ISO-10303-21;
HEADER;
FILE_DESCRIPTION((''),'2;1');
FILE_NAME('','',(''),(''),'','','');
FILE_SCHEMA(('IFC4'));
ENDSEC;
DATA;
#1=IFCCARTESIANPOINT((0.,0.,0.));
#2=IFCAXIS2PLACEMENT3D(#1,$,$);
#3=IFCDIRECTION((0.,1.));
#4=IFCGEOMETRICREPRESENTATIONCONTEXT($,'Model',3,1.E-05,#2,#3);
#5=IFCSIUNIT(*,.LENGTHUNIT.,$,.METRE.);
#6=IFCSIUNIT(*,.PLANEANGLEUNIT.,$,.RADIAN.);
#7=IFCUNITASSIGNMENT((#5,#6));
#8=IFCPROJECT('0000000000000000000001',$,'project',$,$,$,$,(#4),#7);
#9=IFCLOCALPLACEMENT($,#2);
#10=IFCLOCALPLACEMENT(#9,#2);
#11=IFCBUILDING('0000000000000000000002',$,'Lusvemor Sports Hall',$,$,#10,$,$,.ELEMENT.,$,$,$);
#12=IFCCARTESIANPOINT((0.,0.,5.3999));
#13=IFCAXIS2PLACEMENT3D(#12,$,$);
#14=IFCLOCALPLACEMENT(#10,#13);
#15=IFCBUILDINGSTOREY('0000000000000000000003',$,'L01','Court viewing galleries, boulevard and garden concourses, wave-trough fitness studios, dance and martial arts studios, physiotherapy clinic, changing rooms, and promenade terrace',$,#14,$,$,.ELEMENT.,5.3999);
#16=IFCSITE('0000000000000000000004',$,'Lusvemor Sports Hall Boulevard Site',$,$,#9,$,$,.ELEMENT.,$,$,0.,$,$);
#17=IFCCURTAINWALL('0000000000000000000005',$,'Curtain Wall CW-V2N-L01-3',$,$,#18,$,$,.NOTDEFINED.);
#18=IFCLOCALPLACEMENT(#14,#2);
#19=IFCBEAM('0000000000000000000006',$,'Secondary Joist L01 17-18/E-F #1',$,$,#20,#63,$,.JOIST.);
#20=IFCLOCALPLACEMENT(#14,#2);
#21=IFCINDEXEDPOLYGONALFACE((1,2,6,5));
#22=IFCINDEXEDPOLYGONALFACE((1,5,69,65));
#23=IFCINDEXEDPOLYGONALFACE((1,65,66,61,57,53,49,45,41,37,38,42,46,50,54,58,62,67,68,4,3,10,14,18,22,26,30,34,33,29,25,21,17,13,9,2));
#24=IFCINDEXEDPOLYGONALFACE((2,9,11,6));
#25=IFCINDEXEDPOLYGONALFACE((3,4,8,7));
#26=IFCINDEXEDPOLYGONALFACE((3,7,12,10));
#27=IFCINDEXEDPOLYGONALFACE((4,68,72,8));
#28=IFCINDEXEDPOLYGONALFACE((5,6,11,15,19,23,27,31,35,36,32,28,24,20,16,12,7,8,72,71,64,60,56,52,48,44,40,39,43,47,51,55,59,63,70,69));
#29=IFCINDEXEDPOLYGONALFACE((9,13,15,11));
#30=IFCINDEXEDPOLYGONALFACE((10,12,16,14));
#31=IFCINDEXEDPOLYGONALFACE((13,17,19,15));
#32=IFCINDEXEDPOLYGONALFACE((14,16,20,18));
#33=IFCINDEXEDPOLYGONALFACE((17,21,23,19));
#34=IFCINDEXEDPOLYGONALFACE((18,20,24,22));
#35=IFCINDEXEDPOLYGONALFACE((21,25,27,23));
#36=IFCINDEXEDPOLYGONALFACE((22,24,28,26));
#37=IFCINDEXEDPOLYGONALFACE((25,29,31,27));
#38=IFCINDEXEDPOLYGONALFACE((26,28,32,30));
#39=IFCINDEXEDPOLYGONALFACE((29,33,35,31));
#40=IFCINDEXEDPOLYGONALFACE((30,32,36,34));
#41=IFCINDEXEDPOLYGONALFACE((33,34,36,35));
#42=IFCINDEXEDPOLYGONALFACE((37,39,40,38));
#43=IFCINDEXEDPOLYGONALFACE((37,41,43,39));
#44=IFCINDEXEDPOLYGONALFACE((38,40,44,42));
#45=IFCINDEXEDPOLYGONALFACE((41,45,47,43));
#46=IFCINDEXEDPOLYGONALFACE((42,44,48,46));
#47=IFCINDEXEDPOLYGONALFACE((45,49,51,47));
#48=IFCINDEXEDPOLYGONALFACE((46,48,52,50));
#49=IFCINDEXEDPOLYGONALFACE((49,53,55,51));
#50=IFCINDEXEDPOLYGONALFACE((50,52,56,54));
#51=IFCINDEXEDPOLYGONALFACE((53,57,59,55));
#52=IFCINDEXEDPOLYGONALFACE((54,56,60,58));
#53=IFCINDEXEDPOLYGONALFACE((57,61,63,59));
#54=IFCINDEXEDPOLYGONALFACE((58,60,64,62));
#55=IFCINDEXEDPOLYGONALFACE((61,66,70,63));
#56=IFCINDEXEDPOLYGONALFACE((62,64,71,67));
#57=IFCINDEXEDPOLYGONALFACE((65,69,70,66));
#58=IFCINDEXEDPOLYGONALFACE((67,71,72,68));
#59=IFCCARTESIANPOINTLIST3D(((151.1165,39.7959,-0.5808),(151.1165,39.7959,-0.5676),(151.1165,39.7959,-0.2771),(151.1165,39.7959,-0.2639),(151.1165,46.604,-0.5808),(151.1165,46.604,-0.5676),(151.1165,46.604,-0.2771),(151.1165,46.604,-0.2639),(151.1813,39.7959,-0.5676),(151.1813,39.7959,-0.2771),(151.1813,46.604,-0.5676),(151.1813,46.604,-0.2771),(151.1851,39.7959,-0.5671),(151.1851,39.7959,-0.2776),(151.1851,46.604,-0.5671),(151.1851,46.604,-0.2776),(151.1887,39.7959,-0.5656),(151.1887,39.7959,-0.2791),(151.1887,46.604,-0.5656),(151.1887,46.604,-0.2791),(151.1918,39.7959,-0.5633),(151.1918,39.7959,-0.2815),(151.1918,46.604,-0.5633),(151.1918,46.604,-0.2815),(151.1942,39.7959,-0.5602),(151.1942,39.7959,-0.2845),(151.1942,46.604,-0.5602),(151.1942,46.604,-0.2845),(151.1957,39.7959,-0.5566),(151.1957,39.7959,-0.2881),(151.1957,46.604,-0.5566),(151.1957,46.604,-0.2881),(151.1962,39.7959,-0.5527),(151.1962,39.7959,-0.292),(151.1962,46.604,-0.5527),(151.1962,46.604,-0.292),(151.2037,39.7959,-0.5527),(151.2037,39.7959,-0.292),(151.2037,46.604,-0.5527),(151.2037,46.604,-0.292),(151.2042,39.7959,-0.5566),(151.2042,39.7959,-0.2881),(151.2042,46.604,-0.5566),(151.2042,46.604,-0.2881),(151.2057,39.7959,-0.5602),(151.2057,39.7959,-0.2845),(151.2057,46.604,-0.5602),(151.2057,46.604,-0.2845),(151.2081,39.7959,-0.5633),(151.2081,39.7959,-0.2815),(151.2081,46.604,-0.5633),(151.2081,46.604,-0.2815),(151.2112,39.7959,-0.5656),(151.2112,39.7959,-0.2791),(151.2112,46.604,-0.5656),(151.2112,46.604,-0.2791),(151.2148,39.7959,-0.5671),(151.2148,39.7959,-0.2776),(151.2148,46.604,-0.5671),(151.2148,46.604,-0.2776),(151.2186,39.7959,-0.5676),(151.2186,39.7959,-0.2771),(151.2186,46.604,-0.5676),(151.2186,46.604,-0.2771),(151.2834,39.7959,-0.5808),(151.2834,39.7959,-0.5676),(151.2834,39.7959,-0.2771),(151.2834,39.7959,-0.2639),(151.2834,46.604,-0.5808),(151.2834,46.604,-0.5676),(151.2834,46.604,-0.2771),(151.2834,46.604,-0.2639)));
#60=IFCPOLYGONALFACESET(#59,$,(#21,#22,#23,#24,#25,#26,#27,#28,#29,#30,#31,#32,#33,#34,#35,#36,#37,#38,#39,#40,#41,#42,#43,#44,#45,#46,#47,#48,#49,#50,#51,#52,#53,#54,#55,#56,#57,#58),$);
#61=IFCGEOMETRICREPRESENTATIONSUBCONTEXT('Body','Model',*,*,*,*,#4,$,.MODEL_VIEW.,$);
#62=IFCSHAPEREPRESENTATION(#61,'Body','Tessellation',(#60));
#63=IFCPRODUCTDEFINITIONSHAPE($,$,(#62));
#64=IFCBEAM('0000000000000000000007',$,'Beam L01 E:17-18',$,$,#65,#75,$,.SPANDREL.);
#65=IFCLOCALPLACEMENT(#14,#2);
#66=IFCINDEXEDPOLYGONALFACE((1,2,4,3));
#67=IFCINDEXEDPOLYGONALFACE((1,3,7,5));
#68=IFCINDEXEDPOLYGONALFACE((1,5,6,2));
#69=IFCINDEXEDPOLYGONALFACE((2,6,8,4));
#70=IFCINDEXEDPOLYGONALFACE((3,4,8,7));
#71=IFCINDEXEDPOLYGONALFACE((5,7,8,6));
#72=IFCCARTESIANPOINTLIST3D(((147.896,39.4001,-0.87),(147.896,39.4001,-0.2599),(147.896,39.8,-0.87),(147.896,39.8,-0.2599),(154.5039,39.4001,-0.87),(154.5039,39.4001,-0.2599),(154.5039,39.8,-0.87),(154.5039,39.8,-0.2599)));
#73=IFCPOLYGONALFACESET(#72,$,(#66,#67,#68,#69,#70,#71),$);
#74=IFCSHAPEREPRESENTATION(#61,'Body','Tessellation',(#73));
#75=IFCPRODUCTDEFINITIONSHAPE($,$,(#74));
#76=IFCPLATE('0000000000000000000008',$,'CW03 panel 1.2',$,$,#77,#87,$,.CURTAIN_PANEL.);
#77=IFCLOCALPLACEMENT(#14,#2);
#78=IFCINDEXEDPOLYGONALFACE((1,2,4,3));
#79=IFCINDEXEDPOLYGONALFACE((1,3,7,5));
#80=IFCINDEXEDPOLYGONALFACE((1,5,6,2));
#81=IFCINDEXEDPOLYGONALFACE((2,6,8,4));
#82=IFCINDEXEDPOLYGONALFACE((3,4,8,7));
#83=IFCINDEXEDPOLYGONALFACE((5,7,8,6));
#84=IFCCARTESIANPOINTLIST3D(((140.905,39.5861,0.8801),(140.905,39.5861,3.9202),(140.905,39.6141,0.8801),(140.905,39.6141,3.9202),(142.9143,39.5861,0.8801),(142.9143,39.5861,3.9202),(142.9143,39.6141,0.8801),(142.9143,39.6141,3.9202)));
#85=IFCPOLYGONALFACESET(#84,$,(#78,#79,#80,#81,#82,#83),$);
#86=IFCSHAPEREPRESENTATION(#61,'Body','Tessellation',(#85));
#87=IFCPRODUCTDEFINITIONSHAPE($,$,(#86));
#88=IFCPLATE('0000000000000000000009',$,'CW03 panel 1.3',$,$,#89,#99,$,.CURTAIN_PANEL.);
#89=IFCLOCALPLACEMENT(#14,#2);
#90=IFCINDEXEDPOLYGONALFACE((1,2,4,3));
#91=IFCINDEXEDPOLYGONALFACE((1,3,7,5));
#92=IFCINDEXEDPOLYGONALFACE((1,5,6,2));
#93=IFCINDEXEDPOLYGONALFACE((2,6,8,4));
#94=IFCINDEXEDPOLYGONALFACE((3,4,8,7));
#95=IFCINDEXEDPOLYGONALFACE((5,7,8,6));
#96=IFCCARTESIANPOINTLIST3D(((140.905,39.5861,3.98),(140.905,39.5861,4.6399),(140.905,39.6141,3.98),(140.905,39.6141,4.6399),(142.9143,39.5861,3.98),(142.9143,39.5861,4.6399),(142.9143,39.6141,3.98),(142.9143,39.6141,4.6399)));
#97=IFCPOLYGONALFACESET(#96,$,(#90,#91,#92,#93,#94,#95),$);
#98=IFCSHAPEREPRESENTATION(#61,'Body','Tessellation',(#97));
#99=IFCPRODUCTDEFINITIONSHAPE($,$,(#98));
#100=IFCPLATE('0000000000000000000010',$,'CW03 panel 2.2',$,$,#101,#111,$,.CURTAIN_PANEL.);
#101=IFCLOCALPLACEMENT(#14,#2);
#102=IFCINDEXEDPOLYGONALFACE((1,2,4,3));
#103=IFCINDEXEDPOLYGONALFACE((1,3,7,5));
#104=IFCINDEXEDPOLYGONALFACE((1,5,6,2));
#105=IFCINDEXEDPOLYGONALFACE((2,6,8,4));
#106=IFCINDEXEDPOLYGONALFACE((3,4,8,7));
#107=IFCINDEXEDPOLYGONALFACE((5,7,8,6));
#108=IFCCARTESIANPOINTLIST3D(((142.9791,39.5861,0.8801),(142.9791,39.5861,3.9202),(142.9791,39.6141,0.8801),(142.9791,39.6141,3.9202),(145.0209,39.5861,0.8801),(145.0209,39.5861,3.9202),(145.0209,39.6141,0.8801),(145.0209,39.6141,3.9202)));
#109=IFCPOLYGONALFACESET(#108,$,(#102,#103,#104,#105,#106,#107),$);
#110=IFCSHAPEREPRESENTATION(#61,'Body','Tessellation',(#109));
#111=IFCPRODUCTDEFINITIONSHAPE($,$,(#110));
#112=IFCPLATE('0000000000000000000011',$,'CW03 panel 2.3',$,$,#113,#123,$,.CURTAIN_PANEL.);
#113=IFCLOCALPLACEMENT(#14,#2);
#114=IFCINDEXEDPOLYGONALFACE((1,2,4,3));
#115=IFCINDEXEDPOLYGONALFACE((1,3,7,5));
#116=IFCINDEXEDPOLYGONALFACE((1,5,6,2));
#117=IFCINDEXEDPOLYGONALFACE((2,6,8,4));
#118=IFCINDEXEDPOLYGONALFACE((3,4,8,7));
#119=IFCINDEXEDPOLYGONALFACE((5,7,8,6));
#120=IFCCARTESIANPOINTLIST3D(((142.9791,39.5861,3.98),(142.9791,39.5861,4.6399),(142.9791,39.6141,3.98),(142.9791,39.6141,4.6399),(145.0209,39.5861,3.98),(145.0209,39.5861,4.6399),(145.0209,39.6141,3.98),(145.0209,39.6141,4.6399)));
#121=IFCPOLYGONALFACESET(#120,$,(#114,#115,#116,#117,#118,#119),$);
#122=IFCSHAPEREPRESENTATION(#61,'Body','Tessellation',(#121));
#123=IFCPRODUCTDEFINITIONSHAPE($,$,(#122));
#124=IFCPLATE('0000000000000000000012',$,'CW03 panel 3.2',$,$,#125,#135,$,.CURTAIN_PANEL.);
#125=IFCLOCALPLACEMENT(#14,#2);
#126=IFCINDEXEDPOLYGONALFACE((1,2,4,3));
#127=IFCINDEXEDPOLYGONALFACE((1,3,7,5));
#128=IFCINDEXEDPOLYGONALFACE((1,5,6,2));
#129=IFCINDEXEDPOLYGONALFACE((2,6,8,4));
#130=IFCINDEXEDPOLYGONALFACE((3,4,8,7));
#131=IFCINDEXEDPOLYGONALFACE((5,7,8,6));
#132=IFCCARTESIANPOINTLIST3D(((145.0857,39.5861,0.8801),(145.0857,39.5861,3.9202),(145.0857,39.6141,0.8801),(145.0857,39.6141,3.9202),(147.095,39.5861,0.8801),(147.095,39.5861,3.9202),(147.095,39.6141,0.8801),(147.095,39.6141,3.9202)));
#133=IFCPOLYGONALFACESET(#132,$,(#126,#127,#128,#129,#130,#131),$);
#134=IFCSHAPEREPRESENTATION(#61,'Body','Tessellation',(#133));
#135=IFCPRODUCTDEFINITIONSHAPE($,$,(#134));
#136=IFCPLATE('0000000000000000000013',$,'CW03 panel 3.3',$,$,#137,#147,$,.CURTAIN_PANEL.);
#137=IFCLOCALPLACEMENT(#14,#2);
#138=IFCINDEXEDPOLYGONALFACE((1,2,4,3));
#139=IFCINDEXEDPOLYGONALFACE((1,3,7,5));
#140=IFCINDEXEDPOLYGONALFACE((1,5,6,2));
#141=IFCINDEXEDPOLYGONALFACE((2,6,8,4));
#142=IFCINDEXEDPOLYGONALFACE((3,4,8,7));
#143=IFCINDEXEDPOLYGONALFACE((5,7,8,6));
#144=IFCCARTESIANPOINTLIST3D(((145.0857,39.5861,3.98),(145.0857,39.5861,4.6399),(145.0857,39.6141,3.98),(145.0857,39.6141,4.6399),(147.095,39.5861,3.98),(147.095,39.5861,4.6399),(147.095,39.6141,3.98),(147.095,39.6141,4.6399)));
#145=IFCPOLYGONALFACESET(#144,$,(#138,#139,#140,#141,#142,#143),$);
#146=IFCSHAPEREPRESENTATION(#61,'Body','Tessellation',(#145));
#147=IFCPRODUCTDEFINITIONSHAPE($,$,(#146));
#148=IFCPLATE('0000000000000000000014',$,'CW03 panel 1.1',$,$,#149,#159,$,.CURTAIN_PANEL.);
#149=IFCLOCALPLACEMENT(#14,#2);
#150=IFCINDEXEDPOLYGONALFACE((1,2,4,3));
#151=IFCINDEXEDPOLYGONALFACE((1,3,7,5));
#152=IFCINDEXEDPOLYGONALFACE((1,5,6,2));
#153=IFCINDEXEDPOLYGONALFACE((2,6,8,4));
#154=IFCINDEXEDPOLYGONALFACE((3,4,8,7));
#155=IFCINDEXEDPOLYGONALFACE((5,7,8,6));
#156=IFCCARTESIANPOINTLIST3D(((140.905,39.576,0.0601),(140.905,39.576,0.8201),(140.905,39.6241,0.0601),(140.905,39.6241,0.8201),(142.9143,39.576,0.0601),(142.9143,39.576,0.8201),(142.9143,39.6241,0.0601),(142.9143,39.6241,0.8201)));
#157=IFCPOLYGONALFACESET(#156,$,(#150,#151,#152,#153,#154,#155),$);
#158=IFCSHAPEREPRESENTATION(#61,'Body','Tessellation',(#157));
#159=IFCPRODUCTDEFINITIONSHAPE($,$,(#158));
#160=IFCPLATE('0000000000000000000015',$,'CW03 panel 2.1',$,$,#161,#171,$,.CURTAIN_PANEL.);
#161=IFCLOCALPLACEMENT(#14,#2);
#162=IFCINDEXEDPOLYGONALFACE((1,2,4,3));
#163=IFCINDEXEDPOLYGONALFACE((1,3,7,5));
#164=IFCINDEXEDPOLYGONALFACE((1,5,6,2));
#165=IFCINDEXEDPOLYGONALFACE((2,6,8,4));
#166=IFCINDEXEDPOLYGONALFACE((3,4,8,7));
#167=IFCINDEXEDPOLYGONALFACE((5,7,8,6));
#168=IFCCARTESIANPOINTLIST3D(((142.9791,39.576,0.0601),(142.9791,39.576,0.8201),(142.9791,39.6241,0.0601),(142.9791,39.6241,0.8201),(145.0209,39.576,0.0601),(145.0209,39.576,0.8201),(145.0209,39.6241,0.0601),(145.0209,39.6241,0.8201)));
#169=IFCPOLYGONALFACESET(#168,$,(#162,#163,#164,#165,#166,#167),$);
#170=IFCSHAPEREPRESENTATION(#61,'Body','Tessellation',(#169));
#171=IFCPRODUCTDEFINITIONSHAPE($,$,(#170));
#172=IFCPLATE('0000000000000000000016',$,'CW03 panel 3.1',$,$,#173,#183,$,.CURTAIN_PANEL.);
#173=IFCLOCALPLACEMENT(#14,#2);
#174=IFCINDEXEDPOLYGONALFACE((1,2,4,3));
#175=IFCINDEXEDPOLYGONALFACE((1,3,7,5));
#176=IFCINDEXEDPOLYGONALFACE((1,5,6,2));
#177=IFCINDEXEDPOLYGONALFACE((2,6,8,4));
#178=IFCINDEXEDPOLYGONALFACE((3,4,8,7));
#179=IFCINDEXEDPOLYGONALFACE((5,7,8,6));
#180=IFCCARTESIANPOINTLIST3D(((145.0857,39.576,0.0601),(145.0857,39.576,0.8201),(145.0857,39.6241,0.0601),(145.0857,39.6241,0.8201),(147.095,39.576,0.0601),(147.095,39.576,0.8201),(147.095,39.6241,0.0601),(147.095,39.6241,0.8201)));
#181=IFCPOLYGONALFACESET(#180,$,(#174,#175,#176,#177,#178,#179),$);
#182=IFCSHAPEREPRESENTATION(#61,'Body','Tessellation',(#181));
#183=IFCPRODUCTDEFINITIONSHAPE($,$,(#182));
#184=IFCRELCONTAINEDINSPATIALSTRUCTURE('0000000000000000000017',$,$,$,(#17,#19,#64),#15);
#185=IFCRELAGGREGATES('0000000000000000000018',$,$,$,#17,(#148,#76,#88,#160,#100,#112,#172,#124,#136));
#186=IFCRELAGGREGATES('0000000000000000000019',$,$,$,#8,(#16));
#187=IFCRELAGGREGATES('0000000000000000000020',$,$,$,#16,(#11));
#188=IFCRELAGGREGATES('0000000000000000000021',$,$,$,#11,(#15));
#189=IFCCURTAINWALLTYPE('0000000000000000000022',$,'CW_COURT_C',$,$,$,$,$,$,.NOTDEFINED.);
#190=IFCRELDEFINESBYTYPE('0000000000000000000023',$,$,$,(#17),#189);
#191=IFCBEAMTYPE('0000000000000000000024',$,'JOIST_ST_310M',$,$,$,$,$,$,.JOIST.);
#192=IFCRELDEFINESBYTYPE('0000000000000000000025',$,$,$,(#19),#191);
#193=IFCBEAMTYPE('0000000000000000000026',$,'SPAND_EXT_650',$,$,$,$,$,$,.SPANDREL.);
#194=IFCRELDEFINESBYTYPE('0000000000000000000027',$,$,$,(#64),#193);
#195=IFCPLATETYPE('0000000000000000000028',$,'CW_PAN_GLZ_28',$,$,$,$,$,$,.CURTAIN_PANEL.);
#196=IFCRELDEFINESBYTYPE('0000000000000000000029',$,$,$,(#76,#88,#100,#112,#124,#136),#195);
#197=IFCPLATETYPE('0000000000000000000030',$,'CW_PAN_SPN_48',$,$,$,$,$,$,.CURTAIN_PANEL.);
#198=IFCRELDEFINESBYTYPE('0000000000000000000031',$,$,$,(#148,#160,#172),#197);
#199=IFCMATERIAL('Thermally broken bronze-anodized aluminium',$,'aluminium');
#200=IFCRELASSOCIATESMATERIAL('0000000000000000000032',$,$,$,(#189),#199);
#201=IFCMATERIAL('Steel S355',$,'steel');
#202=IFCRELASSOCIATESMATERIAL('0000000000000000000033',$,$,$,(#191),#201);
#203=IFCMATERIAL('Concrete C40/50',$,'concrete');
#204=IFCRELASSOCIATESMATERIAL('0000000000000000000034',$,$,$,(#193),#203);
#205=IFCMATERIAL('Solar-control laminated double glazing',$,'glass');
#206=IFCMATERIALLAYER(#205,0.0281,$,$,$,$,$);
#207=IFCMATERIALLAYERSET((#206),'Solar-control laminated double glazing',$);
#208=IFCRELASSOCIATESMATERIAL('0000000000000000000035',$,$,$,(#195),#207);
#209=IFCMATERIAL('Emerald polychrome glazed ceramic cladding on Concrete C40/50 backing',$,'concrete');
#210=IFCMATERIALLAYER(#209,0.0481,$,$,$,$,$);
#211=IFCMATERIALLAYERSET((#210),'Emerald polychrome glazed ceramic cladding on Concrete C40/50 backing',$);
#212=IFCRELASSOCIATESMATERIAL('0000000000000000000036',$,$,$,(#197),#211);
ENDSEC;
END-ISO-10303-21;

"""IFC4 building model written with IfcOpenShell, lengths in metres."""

from ifc_helpers import new_model, si_unit, direction, frame, origin, origin_2d, place, context, subcontext, project, spatial, rectangle, i_section, extrude, material, layer, layer_set, material_profile, profile_set, type_object, element, aggregate, save


model = new_model("IFC4")

# Units and contexts
model_context = context("Model", 3, precision=1e-05, world=origin(), true_north=direction((0.0, 1.0)))
body_context = subcontext(model_context, "Body", "Model", "MODEL_VIEW")
ifc_project = project(units=[si_unit("LENGTHUNIT", "METRE"), si_unit("PLANEANGLEUNIT", "RADIAN")], contexts=[model_context])

# Site, building, storey
site_placement = place(None, origin())
site = spatial("IfcSite", under=ifc_project, at=site_placement, Name="Lusvemor Sports Hall Boulevard Site", CompositionType="ELEMENT", RefElevation=0.0)
building_placement = place(site_placement, origin())
building = spatial("IfcBuilding", under=site, at=building_placement, Name="Lusvemor Sports Hall", CompositionType="ELEMENT")
storey_placement = place(building_placement, frame((0.0, 0.0, 5.3999)))
storey = spatial("IfcBuildingStorey", under=building, at=storey_placement, Name="L01", Description="Court viewing galleries, boulevard and garden concourses, wave-trough fitness studios, dance and martial arts studios, physiotherapy clinic, changing rooms, and promenade terrace", CompositionType="ELEMENT", Elevation=5.3999)

# Curtain wall
ifc_material_1 = material(Name="Thermally broken bronze-anodized aluminium", Category="aluminium")
curtain_wall_type = type_object("IfcCurtainWallType", Name="CW_COURT_C", PredefinedType="NOTDEFINED", material=ifc_material_1)
curtain_wall_placement = place(storey_placement, origin())
curtain_wall = element("IfcCurtainWall", 1, at=curtain_wall_placement, inside=storey, type_object=curtain_wall_type, Name="Curtain Wall CW-V2N-L01-3", PredefinedType="NOTDEFINED")

# Beams
ifc_material_2 = material(Name="Steel S355", Category="steel")
ifc_material_profile_1 = material_profile(ifc_material_2, i_section(OverallWidth=0.167, OverallDepth=0.3169, WebThickness=0.0076, FlangeThickness=0.0132, FilletRadius=0.0149, at=origin_2d()), Name="W310x52.0")
ifc_profile_set_1 = profile_set([ifc_material_profile_1], Name="Steel S355")
beam_type_1 = type_object("IfcBeamType", Name="JOIST_ST_310M", PredefinedType="JOIST", material=ifc_profile_set_1)
for number, where, z_axis, x_axis, name in (
    (2, (151.2, 39.7959, -0.4224), (0.0, 1.0, 0.0), (-1.0, 0.0, 0.0), "Secondary Joist L01 17-18/E-F #1"),
):
    element("IfcBeam", number, at=place(storey_placement, frame(where, z_axis=z_axis, x_axis=x_axis)), inside=storey, type_object=beam_type_1, Name=name, PredefinedType="JOIST", context=body_context, shape_type="SweptSolid", body=[
        extrude(i_section(OverallWidth=0.167, OverallDepth=0.3169, WebThickness=0.0076, FlangeThickness=0.0132, FilletRadius=0.0149, at=origin_2d()), origin(), (0.0, 0.0, 1.0), 6.8081),
    ])
ifc_material_3 = material(Name="Concrete C40/50", Category="concrete")
ifc_material_profile_2 = material_profile(ifc_material_3, rectangle(XDim=0.3999, YDim=0.6101, at=origin_2d()), Name="RC400x610")
ifc_profile_set_2 = profile_set([ifc_material_profile_2], Name="Concrete C40/50")
beam_type_2 = type_object("IfcBeamType", Name="SPAND_EXT_650", PredefinedType="SPANDREL", material=ifc_profile_set_2)
beam_1_placement = place(storey_placement, frame((147.896, 39.6001, -0.5649), z_axis=(1.0, 0.0, 0.0), x_axis=(0.0, 1.0, 0.0)))
element("IfcBeam", 3, at=beam_1_placement, inside=storey, type_object=beam_type_2, Name="Beam L01 E:17-18", PredefinedType="SPANDREL", context=body_context, shape_type="SweptSolid", body=[
    extrude(rectangle(XDim=0.3999, YDim=0.6101, at=origin_2d()), origin(), (0.0, 0.0, 1.0), 6.6079),
])

# Plates
ifc_material_4 = material(Name="Solar-control laminated double glazing", Category="glass")
ifc_layer_1 = layer(ifc_material_4, 0.0281)
ifc_layer_set_1 = layer_set([ifc_layer_1], Name="Solar-control laminated double glazing")
plate_type_1 = type_object("IfcPlateType", Name="CW_PAN_GLZ_28", PredefinedType="CURTAIN_PANEL", material=ifc_layer_set_1)
plate_1_placement = place(storey_placement, frame((141.9097, 39.6001, 0.8801), z_axis=(0.0, 0.0, 1.0), x_axis=(1.0, 0.0, 0.0)))
plate_1 = element("IfcPlate", 4, at=plate_1_placement, type_object=plate_type_1, Name="CW03 panel 1.2", PredefinedType="CURTAIN_PANEL", context=body_context, shape_type="SweptSolid", body=[
    extrude(rectangle(XDim=2.0093, YDim=0.0281, at=origin_2d()), origin(), (0.0, 0.0, 1.0), 3.04),
])
plate_2_placement = place(storey_placement, frame((141.9097, 39.6001, 3.98), z_axis=(0.0, 0.0, 1.0), x_axis=(1.0, 0.0, 0.0)))
plate_2 = element("IfcPlate", 5, at=plate_2_placement, type_object=plate_type_1, Name="CW03 panel 1.3", PredefinedType="CURTAIN_PANEL", context=body_context, shape_type="SweptSolid", body=[
    extrude(rectangle(XDim=2.0093, YDim=0.0281, at=origin_2d()), origin(), (0.0, 0.0, 1.0), 0.6599),
])
plate_3_placement = place(storey_placement, frame((144.0, 39.6001, 0.8801), z_axis=(0.0, 0.0, 1.0), x_axis=(1.0, 0.0, 0.0)))
plate_3 = element("IfcPlate", 6, at=plate_3_placement, type_object=plate_type_1, Name="CW03 panel 2.2", PredefinedType="CURTAIN_PANEL", context=body_context, shape_type="SweptSolid", body=[
    extrude(rectangle(XDim=2.0417, YDim=0.0281, at=origin_2d()), origin(), (0.0, 0.0, 1.0), 3.04),
])
plate_4_placement = place(storey_placement, frame((144.0, 39.6001, 3.98), z_axis=(0.0, 0.0, 1.0), x_axis=(1.0, 0.0, 0.0)))
plate_4 = element("IfcPlate", 7, at=plate_4_placement, type_object=plate_type_1, Name="CW03 panel 2.3", PredefinedType="CURTAIN_PANEL", context=body_context, shape_type="SweptSolid", body=[
    extrude(rectangle(XDim=2.0417, YDim=0.0281, at=origin_2d()), origin(), (0.0, 0.0, 1.0), 0.6599),
])
plate_5_placement = place(storey_placement, frame((146.0903, 39.6001, 0.8801), z_axis=(0.0, 0.0, 1.0), x_axis=(1.0, 0.0, 0.0)))
plate_5 = element("IfcPlate", 8, at=plate_5_placement, type_object=plate_type_1, Name="CW03 panel 3.2", PredefinedType="CURTAIN_PANEL", context=body_context, shape_type="SweptSolid", body=[
    extrude(rectangle(XDim=2.0093, YDim=0.0281, at=origin_2d()), origin(), (0.0, 0.0, 1.0), 3.04),
])
plate_6_placement = place(storey_placement, frame((146.0903, 39.6001, 3.98), z_axis=(0.0, 0.0, 1.0), x_axis=(1.0, 0.0, 0.0)))
plate_6 = element("IfcPlate", 9, at=plate_6_placement, type_object=plate_type_1, Name="CW03 panel 3.3", PredefinedType="CURTAIN_PANEL", context=body_context, shape_type="SweptSolid", body=[
    extrude(rectangle(XDim=2.0093, YDim=0.0281, at=origin_2d()), origin(), (0.0, 0.0, 1.0), 0.6599),
])
ifc_material_5 = material(Name="Emerald polychrome glazed ceramic cladding on Concrete C40/50 backing", Category="concrete")
ifc_layer_2 = layer(ifc_material_5, 0.0481)
ifc_layer_set_2 = layer_set([ifc_layer_2], Name="Emerald polychrome glazed ceramic cladding on Concrete C40/50 backing")
plate_type_2 = type_object("IfcPlateType", Name="CW_PAN_SPN_48", PredefinedType="CURTAIN_PANEL", material=ifc_layer_set_2)
plate_7_placement = place(storey_placement, frame((141.9097, 39.6001, 0.0601), z_axis=(0.0, 0.0, 1.0), x_axis=(1.0, 0.0, 0.0)))
plate_7 = element("IfcPlate", 10, at=plate_7_placement, type_object=plate_type_2, Name="CW03 panel 1.1", PredefinedType="CURTAIN_PANEL", context=body_context, shape_type="SweptSolid", body=[
    extrude(rectangle(XDim=2.0093, YDim=0.0481, at=origin_2d()), origin(), (0.0, 0.0, 1.0), 0.76),
])
plate_8_placement = place(storey_placement, frame((144.0, 39.6001, 0.0601), z_axis=(0.0, 0.0, 1.0), x_axis=(1.0, 0.0, 0.0)))
plate_8 = element("IfcPlate", 11, at=plate_8_placement, type_object=plate_type_2, Name="CW03 panel 2.1", PredefinedType="CURTAIN_PANEL", context=body_context, shape_type="SweptSolid", body=[
    extrude(rectangle(XDim=2.0417, YDim=0.0481, at=origin_2d()), origin(), (0.0, 0.0, 1.0), 0.76),
])
plate_9_placement = place(storey_placement, frame((146.0903, 39.6001, 0.0601), z_axis=(0.0, 0.0, 1.0), x_axis=(1.0, 0.0, 0.0)))
plate_9 = element("IfcPlate", 12, at=plate_9_placement, type_object=plate_type_2, Name="CW03 panel 3.1", PredefinedType="CURTAIN_PANEL", context=body_context, shape_type="SweptSolid", body=[
    extrude(rectangle(XDim=2.0093, YDim=0.0481, at=origin_2d()), origin(), (0.0, 0.0, 1.0), 0.76),
])
aggregate(curtain_wall, [plate_7, plate_1, plate_2, plate_8, plate_3, plate_4, plate_9, plate_5, plate_6])

save(model, "model.ifc")
